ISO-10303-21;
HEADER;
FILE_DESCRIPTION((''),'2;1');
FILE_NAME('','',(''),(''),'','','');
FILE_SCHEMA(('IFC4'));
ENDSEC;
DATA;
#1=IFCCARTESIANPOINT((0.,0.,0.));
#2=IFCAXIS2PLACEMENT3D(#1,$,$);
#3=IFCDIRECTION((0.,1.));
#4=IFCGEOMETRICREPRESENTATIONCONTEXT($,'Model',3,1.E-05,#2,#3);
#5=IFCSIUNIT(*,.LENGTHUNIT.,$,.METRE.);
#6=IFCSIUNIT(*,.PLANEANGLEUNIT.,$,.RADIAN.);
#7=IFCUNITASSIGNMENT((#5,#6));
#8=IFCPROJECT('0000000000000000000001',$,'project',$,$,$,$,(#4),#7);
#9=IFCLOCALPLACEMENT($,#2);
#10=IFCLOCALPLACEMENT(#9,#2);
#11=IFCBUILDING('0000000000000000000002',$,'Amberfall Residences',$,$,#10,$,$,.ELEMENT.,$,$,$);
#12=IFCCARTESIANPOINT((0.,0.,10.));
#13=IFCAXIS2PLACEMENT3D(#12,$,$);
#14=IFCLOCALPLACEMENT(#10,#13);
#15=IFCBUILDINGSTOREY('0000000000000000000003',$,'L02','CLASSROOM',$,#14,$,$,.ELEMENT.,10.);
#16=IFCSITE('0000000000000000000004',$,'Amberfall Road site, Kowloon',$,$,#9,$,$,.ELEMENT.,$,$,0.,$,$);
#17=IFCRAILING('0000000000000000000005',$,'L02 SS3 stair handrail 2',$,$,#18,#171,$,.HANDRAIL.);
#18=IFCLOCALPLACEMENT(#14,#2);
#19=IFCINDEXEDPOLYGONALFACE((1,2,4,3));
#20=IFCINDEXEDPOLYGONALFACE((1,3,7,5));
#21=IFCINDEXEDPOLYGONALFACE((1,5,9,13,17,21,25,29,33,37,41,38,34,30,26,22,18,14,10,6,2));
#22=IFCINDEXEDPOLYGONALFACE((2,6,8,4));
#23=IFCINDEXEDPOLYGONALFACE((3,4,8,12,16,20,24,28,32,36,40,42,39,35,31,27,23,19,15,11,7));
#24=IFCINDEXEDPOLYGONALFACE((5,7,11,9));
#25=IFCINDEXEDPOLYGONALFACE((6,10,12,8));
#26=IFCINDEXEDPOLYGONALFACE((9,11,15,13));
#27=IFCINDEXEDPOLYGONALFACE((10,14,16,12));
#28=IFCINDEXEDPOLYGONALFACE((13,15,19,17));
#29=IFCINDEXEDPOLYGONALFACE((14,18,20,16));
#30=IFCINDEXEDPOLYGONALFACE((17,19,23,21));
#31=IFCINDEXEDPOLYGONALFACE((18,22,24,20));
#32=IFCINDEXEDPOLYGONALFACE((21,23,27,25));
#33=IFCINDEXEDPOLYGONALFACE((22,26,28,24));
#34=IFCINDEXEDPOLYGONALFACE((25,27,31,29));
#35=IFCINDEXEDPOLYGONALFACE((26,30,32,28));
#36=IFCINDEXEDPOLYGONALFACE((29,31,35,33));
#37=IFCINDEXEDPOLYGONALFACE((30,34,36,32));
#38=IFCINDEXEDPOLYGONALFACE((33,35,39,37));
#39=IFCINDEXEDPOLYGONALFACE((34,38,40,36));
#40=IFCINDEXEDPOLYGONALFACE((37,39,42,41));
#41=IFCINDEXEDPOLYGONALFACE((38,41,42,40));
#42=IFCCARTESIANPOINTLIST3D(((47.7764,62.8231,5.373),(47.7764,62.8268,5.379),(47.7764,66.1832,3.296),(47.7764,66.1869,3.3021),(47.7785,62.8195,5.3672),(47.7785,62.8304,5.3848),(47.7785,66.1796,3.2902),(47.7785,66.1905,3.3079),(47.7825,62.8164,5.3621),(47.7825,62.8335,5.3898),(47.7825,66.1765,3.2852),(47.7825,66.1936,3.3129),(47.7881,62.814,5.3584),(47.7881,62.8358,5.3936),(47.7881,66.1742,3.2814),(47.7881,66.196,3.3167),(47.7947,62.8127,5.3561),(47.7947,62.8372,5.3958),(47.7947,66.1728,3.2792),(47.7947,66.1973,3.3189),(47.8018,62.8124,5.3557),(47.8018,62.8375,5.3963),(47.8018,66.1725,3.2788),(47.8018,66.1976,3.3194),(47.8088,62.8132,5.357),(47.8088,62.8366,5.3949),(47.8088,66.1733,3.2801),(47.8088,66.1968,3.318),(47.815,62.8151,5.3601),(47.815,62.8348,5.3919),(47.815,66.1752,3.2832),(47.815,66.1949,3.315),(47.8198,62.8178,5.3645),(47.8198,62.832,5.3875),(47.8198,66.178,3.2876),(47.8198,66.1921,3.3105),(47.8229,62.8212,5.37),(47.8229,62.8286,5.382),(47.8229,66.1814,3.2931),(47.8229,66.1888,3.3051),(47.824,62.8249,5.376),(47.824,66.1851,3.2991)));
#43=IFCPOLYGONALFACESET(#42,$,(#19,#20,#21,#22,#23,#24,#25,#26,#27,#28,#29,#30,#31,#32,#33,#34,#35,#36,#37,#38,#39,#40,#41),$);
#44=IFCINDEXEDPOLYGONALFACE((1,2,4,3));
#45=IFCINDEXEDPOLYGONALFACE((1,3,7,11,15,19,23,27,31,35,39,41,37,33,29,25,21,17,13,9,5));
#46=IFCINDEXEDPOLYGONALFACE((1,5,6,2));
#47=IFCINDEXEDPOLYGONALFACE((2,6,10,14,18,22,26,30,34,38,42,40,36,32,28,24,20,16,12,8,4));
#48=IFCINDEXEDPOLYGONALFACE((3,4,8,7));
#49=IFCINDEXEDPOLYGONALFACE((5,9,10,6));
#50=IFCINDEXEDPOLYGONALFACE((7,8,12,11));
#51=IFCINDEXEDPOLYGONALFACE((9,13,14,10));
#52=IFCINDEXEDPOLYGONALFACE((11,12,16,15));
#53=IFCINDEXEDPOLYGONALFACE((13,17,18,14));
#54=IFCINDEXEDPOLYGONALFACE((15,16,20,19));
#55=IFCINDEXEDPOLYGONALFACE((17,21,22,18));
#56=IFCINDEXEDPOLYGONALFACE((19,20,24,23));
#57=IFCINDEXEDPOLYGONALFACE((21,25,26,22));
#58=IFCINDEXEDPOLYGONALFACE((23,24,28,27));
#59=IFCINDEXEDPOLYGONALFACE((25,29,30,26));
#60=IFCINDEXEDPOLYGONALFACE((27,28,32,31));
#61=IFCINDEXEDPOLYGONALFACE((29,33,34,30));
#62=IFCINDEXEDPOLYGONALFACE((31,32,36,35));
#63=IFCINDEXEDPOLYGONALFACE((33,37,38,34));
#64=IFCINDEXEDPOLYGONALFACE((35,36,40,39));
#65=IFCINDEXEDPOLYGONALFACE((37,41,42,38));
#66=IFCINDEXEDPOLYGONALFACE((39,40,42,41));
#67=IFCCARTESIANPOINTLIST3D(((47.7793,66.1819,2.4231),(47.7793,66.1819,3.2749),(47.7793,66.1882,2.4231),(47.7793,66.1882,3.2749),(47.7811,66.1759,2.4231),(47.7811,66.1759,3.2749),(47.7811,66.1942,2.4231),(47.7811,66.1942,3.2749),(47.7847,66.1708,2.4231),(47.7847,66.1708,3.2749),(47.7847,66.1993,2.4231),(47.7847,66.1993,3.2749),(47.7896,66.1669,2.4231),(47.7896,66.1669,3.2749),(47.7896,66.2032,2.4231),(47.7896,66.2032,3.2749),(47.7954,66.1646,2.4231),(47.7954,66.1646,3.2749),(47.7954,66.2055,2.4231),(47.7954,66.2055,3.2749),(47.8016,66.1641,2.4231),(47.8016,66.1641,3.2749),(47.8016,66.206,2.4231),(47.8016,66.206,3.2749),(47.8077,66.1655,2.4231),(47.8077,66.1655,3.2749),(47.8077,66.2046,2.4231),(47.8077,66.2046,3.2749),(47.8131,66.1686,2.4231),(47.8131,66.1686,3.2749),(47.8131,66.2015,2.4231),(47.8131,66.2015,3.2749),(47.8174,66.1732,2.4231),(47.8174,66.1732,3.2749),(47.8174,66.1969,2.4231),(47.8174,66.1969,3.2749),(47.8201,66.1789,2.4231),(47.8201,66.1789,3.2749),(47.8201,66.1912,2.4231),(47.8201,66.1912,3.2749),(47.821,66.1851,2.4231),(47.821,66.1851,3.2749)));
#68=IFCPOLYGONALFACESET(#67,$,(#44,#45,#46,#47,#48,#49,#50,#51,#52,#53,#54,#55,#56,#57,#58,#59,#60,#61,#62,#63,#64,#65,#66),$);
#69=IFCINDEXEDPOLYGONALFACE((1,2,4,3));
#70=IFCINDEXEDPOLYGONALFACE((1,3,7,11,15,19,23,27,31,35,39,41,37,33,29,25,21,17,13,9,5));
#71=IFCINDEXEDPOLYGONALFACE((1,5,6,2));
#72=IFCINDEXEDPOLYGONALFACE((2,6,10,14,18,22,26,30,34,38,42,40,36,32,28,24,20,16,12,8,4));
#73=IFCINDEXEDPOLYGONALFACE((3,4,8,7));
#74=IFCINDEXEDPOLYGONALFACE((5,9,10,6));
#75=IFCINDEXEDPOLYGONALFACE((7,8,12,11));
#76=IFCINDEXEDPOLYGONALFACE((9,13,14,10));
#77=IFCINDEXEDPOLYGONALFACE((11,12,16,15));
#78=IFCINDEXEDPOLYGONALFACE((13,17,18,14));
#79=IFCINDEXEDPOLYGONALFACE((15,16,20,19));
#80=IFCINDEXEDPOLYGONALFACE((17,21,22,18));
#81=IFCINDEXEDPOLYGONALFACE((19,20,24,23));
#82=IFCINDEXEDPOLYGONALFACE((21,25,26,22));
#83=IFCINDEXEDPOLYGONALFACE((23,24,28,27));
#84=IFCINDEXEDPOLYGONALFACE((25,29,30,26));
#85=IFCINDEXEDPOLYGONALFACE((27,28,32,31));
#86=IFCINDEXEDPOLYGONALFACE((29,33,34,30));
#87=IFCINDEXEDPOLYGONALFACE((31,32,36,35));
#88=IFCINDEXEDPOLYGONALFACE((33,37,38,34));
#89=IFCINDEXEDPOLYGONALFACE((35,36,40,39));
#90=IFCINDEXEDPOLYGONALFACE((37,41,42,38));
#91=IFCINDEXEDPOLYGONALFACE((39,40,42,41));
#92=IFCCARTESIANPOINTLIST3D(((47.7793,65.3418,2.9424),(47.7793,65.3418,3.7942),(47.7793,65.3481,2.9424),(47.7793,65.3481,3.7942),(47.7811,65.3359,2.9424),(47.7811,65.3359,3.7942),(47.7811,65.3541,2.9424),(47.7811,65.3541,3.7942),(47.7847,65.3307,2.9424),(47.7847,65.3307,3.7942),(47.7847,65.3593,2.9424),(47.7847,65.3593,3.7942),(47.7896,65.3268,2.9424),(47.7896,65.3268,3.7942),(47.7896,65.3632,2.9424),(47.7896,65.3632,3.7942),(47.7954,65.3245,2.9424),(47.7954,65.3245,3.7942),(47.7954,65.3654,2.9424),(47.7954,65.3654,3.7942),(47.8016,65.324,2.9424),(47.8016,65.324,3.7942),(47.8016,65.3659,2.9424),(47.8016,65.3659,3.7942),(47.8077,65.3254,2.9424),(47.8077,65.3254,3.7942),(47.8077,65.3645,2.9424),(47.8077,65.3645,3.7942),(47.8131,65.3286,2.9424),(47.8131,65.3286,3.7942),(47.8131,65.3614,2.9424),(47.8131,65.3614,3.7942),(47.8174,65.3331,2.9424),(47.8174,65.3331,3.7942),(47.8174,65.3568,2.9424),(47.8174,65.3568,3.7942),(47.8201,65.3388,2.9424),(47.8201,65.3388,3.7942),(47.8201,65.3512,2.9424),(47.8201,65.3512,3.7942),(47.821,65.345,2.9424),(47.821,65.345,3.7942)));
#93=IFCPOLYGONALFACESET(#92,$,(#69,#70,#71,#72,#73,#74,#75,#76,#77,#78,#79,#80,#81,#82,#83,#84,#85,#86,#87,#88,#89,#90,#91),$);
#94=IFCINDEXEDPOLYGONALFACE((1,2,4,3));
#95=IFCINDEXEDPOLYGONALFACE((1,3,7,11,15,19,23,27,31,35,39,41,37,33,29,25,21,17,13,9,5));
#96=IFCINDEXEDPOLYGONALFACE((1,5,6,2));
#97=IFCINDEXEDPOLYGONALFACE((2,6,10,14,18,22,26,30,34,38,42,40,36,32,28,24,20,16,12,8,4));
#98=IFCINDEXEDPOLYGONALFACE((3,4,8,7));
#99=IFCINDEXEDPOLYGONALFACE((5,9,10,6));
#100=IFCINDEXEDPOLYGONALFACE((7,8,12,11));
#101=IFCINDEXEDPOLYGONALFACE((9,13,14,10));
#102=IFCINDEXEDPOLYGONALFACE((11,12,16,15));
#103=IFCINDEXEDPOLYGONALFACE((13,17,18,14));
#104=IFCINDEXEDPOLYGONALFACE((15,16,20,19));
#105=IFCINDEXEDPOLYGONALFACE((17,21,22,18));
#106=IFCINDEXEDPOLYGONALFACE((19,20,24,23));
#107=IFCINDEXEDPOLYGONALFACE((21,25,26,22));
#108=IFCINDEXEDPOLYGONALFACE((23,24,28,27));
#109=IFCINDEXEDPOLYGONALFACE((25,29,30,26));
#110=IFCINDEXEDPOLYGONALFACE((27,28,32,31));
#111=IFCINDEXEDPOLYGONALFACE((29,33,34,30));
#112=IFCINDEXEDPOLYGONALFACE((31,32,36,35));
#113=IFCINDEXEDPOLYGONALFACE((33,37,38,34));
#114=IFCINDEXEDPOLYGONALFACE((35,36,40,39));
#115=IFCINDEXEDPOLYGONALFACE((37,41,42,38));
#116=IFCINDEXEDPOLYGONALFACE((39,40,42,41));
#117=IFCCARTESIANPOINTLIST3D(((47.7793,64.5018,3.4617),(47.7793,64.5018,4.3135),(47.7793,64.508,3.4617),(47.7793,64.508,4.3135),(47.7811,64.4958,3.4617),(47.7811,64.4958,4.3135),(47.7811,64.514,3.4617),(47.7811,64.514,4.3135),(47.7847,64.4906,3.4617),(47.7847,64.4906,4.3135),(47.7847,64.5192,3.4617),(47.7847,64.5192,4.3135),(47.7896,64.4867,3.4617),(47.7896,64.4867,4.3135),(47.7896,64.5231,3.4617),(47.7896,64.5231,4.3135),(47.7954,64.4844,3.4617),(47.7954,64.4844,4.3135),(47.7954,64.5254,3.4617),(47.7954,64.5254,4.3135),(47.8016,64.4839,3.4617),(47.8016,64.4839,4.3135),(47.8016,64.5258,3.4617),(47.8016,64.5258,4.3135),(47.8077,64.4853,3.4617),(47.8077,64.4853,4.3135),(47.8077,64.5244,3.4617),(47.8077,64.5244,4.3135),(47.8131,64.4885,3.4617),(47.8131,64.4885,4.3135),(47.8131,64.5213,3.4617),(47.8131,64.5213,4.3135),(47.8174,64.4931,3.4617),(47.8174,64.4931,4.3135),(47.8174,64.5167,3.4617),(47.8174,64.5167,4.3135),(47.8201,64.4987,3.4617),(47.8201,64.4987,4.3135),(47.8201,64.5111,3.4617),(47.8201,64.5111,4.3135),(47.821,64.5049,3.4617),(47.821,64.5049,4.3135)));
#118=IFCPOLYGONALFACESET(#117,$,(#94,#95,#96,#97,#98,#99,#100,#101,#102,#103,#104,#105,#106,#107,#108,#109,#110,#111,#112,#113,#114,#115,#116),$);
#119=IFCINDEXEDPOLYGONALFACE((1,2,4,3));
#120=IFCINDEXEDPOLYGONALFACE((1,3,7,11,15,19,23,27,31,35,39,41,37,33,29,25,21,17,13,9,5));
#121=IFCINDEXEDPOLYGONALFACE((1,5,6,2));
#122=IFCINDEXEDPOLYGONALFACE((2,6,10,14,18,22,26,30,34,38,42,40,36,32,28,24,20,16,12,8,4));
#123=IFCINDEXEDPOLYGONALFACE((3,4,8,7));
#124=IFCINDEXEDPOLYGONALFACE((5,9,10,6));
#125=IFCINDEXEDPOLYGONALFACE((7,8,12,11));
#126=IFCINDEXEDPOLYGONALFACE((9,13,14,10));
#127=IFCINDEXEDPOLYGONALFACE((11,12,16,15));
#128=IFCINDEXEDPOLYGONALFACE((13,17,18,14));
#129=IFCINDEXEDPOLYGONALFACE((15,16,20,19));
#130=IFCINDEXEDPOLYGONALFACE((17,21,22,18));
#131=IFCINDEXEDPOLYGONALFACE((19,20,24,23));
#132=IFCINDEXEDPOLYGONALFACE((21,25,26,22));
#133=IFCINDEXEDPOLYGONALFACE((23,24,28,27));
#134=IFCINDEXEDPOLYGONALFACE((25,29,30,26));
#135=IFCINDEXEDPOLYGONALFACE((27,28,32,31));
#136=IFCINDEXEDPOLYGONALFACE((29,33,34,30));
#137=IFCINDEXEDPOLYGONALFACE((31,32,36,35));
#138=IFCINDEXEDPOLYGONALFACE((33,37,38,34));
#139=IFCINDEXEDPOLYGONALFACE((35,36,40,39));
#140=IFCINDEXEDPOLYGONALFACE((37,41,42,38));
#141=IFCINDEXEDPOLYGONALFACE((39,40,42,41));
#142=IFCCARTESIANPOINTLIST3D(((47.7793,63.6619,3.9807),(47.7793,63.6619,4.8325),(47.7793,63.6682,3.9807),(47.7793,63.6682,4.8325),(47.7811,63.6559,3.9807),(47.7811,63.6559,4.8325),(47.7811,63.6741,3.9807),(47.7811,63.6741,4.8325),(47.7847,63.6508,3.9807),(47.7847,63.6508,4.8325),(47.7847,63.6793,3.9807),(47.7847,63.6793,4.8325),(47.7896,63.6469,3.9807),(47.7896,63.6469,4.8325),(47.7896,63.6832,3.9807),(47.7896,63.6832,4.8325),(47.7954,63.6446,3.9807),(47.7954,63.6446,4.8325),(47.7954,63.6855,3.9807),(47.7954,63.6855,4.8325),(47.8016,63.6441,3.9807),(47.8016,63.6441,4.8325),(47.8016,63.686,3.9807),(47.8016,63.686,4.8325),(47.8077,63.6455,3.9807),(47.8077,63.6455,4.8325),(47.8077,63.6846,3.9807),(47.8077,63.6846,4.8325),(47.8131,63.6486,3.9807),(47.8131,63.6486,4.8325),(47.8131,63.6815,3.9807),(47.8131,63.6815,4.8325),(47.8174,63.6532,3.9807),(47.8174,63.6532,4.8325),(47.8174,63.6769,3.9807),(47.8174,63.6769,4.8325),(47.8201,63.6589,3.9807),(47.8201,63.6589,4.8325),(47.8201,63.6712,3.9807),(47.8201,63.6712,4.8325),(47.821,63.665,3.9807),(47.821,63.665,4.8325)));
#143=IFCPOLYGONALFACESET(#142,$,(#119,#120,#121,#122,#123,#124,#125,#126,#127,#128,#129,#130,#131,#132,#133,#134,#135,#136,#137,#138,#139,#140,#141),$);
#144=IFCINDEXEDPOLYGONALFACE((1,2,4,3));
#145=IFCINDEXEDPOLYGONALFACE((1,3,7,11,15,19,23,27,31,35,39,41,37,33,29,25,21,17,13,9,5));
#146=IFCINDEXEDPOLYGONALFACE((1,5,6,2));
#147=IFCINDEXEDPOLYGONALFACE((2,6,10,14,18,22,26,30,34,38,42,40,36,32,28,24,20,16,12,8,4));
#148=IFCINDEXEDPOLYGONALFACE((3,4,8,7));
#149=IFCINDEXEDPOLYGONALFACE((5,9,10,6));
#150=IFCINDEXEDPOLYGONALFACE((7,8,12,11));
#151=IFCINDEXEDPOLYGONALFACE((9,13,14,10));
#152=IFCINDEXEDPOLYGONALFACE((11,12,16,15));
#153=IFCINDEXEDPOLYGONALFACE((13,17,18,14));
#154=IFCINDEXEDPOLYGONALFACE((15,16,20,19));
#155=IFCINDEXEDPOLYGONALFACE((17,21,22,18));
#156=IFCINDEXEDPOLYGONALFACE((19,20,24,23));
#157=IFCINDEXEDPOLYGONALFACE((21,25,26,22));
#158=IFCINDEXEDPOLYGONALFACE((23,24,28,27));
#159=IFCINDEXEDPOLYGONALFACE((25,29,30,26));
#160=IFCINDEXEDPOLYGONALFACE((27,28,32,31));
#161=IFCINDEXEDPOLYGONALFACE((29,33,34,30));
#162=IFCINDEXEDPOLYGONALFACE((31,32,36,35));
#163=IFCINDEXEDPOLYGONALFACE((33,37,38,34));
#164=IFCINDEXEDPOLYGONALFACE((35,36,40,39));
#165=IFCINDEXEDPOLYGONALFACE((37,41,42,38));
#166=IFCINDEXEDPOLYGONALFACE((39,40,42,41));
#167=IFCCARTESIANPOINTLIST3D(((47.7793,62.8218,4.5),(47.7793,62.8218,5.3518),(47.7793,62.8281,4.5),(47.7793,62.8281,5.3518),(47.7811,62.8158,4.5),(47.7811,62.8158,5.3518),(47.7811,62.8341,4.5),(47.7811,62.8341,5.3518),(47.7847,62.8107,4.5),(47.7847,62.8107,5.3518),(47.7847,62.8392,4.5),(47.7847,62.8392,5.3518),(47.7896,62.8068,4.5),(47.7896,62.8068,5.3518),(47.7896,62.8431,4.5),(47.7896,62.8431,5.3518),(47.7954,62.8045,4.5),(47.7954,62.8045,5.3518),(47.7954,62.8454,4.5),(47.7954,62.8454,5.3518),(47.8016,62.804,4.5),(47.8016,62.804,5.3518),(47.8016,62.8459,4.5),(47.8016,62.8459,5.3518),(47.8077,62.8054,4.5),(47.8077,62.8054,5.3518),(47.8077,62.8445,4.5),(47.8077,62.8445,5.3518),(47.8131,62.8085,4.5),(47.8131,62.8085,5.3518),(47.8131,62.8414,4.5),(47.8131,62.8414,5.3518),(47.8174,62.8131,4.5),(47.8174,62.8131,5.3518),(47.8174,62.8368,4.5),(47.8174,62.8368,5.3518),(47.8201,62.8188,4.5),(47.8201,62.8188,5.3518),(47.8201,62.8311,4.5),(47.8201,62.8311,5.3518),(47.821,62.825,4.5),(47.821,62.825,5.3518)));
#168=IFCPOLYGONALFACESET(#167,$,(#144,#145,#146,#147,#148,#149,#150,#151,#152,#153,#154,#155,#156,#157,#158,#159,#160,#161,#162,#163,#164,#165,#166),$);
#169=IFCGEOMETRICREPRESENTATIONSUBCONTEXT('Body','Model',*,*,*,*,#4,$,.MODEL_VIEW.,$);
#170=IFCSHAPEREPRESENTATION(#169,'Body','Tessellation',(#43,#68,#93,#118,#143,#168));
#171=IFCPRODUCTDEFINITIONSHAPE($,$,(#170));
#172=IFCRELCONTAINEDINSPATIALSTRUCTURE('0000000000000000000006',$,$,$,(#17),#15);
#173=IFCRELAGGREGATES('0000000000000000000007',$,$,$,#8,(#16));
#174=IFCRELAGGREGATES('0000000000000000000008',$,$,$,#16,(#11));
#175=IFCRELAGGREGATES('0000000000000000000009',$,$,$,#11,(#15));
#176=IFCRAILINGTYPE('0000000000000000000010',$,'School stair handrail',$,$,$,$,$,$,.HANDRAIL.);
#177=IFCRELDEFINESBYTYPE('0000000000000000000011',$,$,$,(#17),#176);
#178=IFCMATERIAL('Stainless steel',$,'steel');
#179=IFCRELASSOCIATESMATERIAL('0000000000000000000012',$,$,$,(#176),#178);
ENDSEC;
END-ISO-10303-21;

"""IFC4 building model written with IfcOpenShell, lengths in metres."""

from ifc_helpers import new_model, si_unit, direction, frame, origin, origin_2d, place, context, subcontext, project, spatial, circle, extrude, material, type_object, element, save


model = new_model("IFC4")

# Units and contexts
model_context = context("Model", 3, precision=1e-05, world=origin(), true_north=direction((0.0, 1.0)))
body_context = subcontext(model_context, "Body", "Model", "MODEL_VIEW")
ifc_project = project(units=[si_unit("LENGTHUNIT", "METRE"), si_unit("PLANEANGLEUNIT", "RADIAN")], contexts=[model_context])

# Site, building, storey
site_placement = place(None, origin())
site = spatial("IfcSite", under=ifc_project, at=site_placement, Name="Amberfall Road site, Kowloon", CompositionType="ELEMENT", RefElevation=0.0)
building_placement = place(site_placement, origin())
building = spatial("IfcBuilding", under=site, at=building_placement, Name="Amberfall Residences", CompositionType="ELEMENT")
storey_placement = place(building_placement, frame((0.0, 0.0, 10.0)))
storey = spatial("IfcBuildingStorey", under=building, at=storey_placement, Name="L02", Description="CLASSROOM", CompositionType="ELEMENT", Elevation=10.0)

# Railing
ifc_material_1 = material(Name="Stainless steel", Category="steel")
railing_type_1 = type_object("IfcRailingType", Name="School stair handrail", PredefinedType="HANDRAIL", material=ifc_material_1)
railing_1_placement = place(storey_placement, frame((47.8, 66.1851, 2.4231)))
element("IfcRailing", 1, at=railing_1_placement, inside=storey, type_object=railing_type_1, Name="L02 SS3 stair handrail 2", PredefinedType="HANDRAIL", context=body_context, shape_type="SweptSolid", body=[
    extrude(circle(Radius=0.0239, at=origin_2d()), frame((0.0, 0.0, 0.876), z_axis=(0.0, -0.850623, 0.525776), x_axis=(1.0, 0.0, 0.0)), (0.0, 0.0, 1.0), 3.9502),
    extrude(circle(Radius=0.021, at=origin_2d()), origin(), (0.0, 0.0, 1.0), 0.8518),
    extrude(circle(Radius=0.021, at=origin_2d()), frame((0.0, -0.8401, 0.5193)), (0.0, 0.0, 1.0), 0.8518),
    extrude(circle(Radius=0.021, at=origin_2d()), frame((0.0, -1.6802, 1.0386)), (0.0, 0.0, 1.0), 0.8518),
    extrude(circle(Radius=0.021, at=origin_2d()), frame((0.0, -2.52, 1.5576)), (0.0, 0.0, 1.0), 0.8518),
    extrude(circle(Radius=0.021, at=origin_2d()), frame((0.0, -3.3601, 2.0769)), (0.0, 0.0, 1.0), 0.8518),
])

save(model, "model.ifc")
